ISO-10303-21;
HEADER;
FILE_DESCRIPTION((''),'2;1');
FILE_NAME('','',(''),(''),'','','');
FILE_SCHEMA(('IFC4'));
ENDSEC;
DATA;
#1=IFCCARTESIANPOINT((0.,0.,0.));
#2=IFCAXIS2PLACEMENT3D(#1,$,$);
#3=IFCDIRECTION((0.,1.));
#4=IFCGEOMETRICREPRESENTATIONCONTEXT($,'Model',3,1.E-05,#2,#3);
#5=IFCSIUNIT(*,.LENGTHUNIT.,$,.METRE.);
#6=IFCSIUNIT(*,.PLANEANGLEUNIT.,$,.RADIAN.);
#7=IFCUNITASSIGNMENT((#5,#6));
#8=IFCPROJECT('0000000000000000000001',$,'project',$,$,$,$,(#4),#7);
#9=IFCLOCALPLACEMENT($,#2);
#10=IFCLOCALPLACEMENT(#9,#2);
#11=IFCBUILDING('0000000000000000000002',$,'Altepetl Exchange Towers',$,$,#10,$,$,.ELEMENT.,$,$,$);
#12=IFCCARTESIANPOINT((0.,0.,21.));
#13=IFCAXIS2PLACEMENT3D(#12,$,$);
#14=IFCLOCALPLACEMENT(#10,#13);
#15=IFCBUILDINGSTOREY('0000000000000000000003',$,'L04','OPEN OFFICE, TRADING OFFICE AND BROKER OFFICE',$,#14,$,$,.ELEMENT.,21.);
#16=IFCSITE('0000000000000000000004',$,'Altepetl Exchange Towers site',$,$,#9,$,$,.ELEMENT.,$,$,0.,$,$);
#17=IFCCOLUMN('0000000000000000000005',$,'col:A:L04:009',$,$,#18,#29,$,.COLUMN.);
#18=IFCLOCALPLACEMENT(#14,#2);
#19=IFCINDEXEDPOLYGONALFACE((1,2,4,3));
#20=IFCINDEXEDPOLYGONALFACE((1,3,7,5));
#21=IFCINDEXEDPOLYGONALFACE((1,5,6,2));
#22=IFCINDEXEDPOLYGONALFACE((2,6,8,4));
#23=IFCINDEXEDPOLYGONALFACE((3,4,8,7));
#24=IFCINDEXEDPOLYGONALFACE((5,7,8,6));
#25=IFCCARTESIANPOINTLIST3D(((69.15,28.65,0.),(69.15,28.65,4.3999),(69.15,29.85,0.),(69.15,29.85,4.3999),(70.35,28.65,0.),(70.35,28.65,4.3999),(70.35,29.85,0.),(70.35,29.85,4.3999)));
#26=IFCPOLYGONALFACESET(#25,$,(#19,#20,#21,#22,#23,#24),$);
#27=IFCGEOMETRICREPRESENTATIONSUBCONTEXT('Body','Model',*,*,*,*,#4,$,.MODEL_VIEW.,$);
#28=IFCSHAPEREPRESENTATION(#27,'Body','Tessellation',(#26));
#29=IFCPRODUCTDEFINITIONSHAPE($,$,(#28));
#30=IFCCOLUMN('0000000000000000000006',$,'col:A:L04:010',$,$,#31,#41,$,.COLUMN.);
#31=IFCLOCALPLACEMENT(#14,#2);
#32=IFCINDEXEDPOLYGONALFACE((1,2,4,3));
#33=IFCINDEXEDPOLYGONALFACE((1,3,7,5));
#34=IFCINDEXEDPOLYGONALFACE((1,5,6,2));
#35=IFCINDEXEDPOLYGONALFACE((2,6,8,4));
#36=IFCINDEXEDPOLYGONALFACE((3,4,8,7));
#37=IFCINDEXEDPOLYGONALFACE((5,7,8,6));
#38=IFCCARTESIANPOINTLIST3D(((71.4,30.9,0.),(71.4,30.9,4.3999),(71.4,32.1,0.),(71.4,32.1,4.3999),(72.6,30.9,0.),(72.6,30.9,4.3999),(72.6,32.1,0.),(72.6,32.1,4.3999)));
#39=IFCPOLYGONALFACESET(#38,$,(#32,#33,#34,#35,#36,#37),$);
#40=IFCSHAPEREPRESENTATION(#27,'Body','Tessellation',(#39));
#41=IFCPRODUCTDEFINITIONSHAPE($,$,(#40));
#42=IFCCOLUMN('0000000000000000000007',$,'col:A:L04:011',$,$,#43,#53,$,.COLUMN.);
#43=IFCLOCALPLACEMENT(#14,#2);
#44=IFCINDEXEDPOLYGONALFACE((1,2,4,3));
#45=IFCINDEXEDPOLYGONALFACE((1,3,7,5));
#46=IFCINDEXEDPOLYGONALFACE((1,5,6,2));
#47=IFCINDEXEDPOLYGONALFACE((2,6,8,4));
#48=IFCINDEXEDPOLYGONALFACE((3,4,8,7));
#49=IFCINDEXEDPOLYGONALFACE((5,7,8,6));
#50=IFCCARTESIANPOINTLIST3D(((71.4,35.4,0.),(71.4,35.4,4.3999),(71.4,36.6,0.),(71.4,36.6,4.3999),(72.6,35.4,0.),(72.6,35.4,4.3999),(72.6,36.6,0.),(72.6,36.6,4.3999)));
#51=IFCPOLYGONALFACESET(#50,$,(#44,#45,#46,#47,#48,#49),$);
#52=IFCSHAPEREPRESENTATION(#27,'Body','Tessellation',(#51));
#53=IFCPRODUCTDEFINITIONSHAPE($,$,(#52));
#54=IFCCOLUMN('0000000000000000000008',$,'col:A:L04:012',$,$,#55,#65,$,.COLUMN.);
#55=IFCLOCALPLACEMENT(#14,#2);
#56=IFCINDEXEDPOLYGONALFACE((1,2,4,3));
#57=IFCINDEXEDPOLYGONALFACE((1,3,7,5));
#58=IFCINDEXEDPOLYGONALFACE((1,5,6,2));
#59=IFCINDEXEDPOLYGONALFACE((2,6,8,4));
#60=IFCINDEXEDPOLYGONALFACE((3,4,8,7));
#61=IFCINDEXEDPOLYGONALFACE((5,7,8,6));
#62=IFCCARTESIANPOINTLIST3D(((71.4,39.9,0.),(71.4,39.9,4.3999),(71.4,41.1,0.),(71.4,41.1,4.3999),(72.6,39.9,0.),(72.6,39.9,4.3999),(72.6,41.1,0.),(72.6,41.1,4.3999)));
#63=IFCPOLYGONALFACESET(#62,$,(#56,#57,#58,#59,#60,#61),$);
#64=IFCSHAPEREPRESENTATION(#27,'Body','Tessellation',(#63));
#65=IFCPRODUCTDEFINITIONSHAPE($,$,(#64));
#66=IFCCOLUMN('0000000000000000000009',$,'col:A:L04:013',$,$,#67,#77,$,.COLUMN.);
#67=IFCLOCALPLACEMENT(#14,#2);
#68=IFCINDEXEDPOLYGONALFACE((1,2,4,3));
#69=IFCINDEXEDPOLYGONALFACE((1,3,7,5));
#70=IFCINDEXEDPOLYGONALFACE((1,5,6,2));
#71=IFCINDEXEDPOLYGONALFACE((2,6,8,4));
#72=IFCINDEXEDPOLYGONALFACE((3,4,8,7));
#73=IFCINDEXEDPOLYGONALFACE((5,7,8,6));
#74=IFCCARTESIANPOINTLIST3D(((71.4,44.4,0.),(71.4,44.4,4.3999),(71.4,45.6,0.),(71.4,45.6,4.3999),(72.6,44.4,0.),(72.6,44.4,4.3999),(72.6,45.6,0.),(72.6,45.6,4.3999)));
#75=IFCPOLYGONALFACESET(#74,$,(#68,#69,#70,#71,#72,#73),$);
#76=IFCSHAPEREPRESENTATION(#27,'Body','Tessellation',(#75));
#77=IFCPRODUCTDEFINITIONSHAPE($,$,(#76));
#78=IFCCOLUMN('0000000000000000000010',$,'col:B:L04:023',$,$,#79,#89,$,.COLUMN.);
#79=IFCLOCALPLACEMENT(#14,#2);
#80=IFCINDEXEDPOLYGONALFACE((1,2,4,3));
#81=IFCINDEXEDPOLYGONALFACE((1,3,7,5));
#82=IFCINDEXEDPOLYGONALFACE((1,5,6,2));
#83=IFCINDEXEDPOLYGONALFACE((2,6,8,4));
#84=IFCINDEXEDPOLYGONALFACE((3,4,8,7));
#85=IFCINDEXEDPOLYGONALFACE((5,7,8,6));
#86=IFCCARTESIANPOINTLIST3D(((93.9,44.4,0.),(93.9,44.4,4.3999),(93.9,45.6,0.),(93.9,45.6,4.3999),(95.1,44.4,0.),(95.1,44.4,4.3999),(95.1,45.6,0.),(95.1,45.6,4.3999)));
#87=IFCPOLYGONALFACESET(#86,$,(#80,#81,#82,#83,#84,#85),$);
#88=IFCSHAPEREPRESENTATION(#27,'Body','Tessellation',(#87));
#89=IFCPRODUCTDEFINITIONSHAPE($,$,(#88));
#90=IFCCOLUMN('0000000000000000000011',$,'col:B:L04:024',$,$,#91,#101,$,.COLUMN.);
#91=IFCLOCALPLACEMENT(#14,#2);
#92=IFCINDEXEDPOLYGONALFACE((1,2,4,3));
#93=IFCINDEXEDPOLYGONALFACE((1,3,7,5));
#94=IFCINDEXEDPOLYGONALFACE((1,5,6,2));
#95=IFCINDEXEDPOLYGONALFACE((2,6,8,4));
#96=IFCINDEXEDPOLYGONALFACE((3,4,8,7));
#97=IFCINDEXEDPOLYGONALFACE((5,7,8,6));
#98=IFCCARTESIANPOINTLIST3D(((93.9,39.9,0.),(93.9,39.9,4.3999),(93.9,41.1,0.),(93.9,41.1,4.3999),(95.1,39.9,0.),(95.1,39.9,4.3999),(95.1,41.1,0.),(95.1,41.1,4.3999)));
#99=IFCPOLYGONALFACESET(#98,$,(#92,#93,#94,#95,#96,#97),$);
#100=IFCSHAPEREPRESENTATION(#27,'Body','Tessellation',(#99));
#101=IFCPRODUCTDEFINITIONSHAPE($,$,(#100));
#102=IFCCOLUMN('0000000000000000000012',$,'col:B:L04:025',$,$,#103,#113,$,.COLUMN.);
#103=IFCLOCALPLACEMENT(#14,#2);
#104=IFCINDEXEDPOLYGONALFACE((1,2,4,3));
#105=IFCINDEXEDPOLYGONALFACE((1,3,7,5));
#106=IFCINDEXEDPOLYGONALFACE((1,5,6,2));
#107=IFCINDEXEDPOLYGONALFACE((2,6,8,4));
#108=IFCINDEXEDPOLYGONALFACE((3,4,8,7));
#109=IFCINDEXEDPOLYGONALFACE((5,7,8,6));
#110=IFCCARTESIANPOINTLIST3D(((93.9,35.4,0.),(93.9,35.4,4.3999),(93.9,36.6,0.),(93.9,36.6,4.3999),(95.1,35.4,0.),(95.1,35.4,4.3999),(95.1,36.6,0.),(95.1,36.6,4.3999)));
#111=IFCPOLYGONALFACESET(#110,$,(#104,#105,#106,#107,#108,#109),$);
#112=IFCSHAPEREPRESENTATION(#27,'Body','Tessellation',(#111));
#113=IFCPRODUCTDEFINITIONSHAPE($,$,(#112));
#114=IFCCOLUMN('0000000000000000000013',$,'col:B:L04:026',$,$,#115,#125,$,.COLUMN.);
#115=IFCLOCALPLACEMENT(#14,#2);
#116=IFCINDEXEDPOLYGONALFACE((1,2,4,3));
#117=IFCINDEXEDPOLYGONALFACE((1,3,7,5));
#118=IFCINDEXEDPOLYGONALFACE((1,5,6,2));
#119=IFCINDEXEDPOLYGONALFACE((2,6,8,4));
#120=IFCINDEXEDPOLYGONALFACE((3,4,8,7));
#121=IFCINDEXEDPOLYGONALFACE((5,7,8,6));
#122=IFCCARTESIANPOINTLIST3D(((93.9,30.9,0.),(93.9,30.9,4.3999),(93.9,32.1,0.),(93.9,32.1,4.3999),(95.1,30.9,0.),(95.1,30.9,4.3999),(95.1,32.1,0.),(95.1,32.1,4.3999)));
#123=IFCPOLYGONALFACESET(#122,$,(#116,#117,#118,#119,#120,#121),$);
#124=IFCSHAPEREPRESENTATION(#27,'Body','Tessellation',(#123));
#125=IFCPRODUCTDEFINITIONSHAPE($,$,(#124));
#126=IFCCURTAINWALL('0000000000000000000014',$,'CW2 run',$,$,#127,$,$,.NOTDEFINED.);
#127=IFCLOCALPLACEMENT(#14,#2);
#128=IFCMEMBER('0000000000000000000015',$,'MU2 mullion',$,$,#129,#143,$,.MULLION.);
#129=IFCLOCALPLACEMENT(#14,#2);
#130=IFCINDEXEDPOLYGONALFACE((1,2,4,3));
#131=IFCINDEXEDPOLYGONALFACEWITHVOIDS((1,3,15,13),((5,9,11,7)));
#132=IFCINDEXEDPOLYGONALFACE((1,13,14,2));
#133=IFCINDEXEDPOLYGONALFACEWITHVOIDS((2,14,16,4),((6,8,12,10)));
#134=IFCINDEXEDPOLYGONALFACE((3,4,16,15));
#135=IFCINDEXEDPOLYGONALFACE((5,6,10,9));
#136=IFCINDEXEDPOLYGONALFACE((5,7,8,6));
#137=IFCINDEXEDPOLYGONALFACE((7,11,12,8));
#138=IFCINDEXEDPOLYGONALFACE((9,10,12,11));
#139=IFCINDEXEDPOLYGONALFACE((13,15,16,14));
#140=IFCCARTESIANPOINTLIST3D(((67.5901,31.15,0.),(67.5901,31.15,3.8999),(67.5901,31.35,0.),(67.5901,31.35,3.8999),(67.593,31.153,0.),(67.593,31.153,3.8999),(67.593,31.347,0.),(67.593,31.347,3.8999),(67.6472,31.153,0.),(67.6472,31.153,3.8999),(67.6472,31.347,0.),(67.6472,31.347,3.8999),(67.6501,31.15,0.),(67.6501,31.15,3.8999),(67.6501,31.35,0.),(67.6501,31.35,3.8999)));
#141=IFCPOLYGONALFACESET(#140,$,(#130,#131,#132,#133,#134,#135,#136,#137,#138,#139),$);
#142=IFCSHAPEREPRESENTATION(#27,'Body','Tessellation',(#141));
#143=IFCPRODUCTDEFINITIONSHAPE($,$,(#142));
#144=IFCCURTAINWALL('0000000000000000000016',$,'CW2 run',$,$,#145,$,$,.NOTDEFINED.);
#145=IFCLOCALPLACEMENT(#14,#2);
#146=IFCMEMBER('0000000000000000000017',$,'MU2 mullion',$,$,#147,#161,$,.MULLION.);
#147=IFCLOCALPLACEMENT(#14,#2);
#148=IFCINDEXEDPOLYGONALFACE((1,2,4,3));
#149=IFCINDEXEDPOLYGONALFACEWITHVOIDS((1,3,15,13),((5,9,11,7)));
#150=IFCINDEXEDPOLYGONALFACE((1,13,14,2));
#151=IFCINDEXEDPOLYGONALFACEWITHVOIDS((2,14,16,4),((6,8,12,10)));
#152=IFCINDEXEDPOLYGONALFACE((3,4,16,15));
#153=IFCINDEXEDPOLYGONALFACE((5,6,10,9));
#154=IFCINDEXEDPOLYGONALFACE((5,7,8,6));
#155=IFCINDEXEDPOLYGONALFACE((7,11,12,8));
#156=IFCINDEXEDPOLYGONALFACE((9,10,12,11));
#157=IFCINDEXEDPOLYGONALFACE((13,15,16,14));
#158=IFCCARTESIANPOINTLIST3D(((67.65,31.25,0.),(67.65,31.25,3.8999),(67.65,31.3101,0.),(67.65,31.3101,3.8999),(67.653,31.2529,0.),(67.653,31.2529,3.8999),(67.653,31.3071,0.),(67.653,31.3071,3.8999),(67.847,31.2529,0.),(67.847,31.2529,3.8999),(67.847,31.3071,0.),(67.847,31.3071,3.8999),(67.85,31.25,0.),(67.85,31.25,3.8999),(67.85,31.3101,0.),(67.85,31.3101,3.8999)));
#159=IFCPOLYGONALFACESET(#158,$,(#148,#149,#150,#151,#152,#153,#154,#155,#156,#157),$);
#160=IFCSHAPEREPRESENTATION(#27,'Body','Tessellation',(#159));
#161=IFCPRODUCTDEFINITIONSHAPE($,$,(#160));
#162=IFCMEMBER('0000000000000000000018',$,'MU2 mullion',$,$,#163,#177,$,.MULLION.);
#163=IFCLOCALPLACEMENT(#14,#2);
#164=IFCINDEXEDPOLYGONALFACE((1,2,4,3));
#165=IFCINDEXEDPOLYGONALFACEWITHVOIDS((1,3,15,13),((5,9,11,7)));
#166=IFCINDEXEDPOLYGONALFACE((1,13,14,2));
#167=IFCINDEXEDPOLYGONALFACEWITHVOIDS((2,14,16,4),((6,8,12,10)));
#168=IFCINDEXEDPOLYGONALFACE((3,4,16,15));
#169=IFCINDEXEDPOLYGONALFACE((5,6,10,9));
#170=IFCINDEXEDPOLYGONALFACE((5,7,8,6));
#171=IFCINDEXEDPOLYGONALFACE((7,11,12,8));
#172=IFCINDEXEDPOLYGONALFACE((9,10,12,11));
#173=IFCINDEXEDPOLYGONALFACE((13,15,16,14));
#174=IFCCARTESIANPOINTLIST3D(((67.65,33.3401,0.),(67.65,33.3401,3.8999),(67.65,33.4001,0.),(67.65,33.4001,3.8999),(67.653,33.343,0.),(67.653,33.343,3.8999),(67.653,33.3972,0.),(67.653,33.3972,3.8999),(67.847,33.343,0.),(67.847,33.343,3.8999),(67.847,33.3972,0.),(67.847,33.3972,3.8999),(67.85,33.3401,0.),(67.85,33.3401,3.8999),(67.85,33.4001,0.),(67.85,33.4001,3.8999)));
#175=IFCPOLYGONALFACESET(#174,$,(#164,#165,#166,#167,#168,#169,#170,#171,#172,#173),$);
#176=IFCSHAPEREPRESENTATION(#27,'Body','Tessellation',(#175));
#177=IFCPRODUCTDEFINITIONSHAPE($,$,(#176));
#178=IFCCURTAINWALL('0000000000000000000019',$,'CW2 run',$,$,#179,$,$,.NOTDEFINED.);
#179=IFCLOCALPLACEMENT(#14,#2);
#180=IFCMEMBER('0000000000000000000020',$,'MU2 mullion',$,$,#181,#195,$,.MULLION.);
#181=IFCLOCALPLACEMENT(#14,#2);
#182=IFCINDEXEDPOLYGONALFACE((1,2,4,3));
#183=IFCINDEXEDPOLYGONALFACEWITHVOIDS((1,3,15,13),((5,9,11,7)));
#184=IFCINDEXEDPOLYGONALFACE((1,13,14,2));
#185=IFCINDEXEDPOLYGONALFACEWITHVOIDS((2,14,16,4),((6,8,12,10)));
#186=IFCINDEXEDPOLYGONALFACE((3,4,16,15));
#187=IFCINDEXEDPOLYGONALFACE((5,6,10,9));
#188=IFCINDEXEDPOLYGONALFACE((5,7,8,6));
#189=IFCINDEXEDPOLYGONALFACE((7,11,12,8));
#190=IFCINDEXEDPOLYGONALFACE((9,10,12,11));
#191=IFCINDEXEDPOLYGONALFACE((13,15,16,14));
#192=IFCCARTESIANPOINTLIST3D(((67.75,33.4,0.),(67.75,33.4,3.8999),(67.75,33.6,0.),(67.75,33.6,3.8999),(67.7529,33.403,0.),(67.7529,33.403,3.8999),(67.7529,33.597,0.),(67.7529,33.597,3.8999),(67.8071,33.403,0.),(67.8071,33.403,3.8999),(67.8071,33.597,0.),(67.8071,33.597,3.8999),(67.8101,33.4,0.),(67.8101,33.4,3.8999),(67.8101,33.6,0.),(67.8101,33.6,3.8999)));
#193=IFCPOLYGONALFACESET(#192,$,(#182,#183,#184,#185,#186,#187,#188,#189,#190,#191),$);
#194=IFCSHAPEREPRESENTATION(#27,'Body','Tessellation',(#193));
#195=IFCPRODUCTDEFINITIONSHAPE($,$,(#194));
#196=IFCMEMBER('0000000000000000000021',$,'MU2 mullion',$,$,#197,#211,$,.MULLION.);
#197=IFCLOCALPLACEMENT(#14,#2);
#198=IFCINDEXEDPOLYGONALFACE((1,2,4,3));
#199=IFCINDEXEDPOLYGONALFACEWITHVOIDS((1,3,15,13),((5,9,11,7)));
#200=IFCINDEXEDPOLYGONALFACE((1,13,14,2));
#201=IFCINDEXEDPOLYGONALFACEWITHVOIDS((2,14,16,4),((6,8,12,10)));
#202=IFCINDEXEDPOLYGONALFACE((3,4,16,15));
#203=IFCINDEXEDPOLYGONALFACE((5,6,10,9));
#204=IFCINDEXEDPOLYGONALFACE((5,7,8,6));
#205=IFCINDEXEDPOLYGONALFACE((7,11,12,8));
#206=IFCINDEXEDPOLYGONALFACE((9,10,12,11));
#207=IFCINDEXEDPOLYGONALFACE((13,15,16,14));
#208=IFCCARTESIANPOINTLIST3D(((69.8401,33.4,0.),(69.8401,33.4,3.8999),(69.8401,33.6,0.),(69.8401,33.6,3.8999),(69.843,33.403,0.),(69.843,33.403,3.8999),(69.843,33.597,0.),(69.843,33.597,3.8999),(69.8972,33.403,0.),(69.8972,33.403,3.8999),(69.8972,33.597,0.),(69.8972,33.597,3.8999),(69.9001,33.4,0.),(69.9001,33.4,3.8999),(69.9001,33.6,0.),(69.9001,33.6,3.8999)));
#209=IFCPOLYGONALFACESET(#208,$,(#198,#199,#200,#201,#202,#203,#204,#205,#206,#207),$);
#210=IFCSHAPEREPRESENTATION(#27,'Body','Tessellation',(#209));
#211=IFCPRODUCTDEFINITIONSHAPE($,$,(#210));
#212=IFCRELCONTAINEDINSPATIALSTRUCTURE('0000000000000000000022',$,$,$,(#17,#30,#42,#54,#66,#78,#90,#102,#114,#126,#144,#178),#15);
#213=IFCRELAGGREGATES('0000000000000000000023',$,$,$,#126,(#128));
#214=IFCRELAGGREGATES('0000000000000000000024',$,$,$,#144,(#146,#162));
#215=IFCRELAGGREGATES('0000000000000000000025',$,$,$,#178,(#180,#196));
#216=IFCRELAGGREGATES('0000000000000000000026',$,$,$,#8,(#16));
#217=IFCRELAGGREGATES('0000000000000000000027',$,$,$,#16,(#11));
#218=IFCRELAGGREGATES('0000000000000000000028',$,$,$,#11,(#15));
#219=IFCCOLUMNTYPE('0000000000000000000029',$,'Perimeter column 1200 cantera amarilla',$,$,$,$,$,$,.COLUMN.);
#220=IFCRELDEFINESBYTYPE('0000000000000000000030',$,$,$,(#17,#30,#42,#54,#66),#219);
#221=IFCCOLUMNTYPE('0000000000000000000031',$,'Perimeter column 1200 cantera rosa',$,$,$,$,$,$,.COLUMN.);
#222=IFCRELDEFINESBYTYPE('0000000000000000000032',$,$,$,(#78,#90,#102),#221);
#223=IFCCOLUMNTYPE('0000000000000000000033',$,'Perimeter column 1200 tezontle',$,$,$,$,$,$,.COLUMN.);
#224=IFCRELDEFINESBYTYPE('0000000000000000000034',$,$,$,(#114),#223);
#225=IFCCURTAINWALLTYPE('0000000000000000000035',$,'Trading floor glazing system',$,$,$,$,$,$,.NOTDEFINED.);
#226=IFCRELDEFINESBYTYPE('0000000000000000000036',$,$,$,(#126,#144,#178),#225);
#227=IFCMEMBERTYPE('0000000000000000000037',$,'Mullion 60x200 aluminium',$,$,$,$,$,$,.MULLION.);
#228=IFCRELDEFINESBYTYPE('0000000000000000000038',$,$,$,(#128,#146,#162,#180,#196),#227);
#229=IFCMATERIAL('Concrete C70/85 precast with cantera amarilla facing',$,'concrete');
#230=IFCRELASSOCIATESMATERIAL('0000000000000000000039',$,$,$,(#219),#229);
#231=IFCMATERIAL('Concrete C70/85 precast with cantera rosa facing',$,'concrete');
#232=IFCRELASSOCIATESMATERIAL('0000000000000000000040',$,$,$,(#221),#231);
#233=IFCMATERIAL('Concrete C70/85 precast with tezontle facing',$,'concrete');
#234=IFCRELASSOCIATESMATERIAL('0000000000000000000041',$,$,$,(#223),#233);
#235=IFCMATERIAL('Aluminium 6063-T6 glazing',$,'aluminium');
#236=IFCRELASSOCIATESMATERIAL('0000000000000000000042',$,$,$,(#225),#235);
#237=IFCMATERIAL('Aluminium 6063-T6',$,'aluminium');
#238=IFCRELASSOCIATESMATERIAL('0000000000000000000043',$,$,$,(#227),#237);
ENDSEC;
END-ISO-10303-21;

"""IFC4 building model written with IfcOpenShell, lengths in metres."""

from ifc_helpers import new_model, si_unit, direction, frame, origin, origin_2d, place, context, subcontext, project, spatial, rectangle, hollow_rectangle, extrude, material, material_profile, profile_set, type_object, element, aggregate, save


model = new_model("IFC4")

# Units and contexts
model_context = context("Model", 3, precision=1e-05, world=origin(), true_north=direction((0.0, 1.0)))
body_context = subcontext(model_context, "Body", "Model", "MODEL_VIEW")
ifc_project = project(units=[si_unit("LENGTHUNIT", "METRE"), si_unit("PLANEANGLEUNIT", "RADIAN")], contexts=[model_context])

# Site, building, storey
site_placement = place(None, origin())
site = spatial("IfcSite", under=ifc_project, at=site_placement, Name="Altepetl Exchange Towers site", CompositionType="ELEMENT", RefElevation=0.0)
building_placement = place(site_placement, origin())
building = spatial("IfcBuilding", under=site, at=building_placement, Name="Altepetl Exchange Towers", CompositionType="ELEMENT")
storey_placement = place(building_placement, frame((0.0, 0.0, 21.0)))
storey = spatial("IfcBuildingStorey", under=building, at=storey_placement, Name="L04", Description="OPEN OFFICE, TRADING OFFICE AND BROKER OFFICE", CompositionType="ELEMENT", Elevation=21.0)

# Columns
ifc_material_1 = material(Name="Concrete C70/85 precast with cantera amarilla facing", Category="concrete")
ifc_material_profile_1 = material_profile(ifc_material_1, rectangle(XDim=1.2, YDim=1.2, at=origin_2d()), Name="1200 x 1200")
ifc_profile_set_1 = profile_set([ifc_material_profile_1], Name="Concrete C70/85 precast with cantera amarilla facing")
column_type_1 = type_object("IfcColumnType", Name="Perimeter column 1200 cantera amarilla", PredefinedType="COLUMN", material=ifc_profile_set_1)
for number, where, name in (
    (1, (69.75, 29.25, 0.0), "col:A:L04:009"),
    (2, (72.0, 31.5, 0.0), "col:A:L04:010"),
    (3, (72.0, 36.0, 0.0), "col:A:L04:011"),
    (4, (72.0, 40.5, 0.0), "col:A:L04:012"),
    (5, (72.0, 45.0, 0.0), "col:A:L04:013"),
):
    element("IfcColumn", number, at=place(storey_placement, frame(where)), inside=storey, type_object=column_type_1, Name=name, PredefinedType="COLUMN", context=body_context, shape_type="SweptSolid", body=[
        extrude(rectangle(XDim=1.2, YDim=1.2, at=origin_2d()), origin(), (0.0, 0.0, 1.0), 4.3999),
    ])
ifc_material_2 = material(Name="Concrete C70/85 precast with cantera rosa facing", Category="concrete")
ifc_material_profile_2 = material_profile(ifc_material_2, rectangle(XDim=1.2, YDim=1.2, at=origin_2d()), Name="1200 x 1200")
ifc_profile_set_2 = profile_set([ifc_material_profile_2], Name="Concrete C70/85 precast with cantera rosa facing")
column_type_2 = type_object("IfcColumnType", Name="Perimeter column 1200 cantera rosa", PredefinedType="COLUMN", material=ifc_profile_set_2)
for number, where, name in (
    (6, (94.5, 45.0, 0.0), "col:B:L04:023"),
    (7, (94.5, 40.5, 0.0), "col:B:L04:024"),
    (8, (94.5, 36.0, 0.0), "col:B:L04:025"),
):
    element("IfcColumn", number, at=place(storey_placement, frame(where)), inside=storey, type_object=column_type_2, Name=name, PredefinedType="COLUMN", context=body_context, shape_type="SweptSolid", body=[
        extrude(rectangle(XDim=1.2, YDim=1.2, at=origin_2d()), origin(), (0.0, 0.0, 1.0), 4.3999),
    ])
ifc_material_3 = material(Name="Concrete C70/85 precast with tezontle facing", Category="concrete")
ifc_material_profile_3 = material_profile(ifc_material_3, rectangle(XDim=1.2, YDim=1.2, at=origin_2d()), Name="1200 x 1200")
ifc_profile_set_3 = profile_set([ifc_material_profile_3], Name="Concrete C70/85 precast with tezontle facing")
column_type_3 = type_object("IfcColumnType", Name="Perimeter column 1200 tezontle", PredefinedType="COLUMN", material=ifc_profile_set_3)
column_placement = place(storey_placement, frame((94.5, 31.5, 0.0)))
element("IfcColumn", 9, at=column_placement, inside=storey, type_object=column_type_3, Name="col:B:L04:026", PredefinedType="COLUMN", context=body_context, shape_type="SweptSolid", body=[
    extrude(rectangle(XDim=1.2, YDim=1.2, at=origin_2d()), origin(), (0.0, 0.0, 1.0), 4.3999),
])

# Curtain wall, member
ifc_material_4 = material(Name="Aluminium 6063-T6 glazing", Category="aluminium")
curtain_wall_type = type_object("IfcCurtainWallType", Name="Trading floor glazing system", PredefinedType="NOTDEFINED", material=ifc_material_4)
curtain_wall_1_placement = place(storey_placement, origin())
curtain_wall_1 = element("IfcCurtainWall", 10, at=curtain_wall_1_placement, inside=storey, type_object=curtain_wall_type, Name="CW2 run", PredefinedType="NOTDEFINED")
ifc_material_5 = material(Name="Aluminium 6063-T6", Category="aluminium")
ifc_material_profile_4 = material_profile(ifc_material_5, hollow_rectangle(XDim=0.0601, YDim=0.2, WallThickness=0.0029, at=origin_2d()), Name="Mullion 60x200 aluminium")
ifc_profile_set_4 = profile_set([ifc_material_profile_4], Name="Aluminium 6063-T6")
member_type = type_object("IfcMemberType", Name="Mullion 60x200 aluminium", PredefinedType="MULLION", material=ifc_profile_set_4)
member_1_placement = place(storey_placement, frame((67.6201, 31.25, 0.0)))
member_1 = element("IfcMember", 11, at=member_1_placement, type_object=member_type, Name="MU2 mullion", PredefinedType="MULLION", context=body_context, shape_type="SweptSolid", body=[
    extrude(hollow_rectangle(XDim=0.0601, YDim=0.2, WallThickness=0.0029, at=origin_2d()), origin(), (0.0, 0.0, 1.0), 3.8999),
])
aggregate(curtain_wall_1, [member_1])

# Curtain walls, members
curtain_wall_2_placement = place(storey_placement, origin())
curtain_wall_2 = element("IfcCurtainWall", 12, at=curtain_wall_2_placement, inside=storey, type_object=curtain_wall_type, Name="CW2 run", PredefinedType="NOTDEFINED")
member_2_placement = place(storey_placement, frame((67.75, 31.28, 0.0), z_axis=(0.0, 0.0, 1.0), x_axis=(0.0, 1.0, 0.0)))
member_2 = element("IfcMember", 13, at=member_2_placement, type_object=member_type, Name="MU2 mullion", PredefinedType="MULLION", context=body_context, shape_type="SweptSolid", body=[
    extrude(hollow_rectangle(XDim=0.0601, YDim=0.2, WallThickness=0.0029, at=origin_2d()), origin(), (0.0, 0.0, 1.0), 3.8999),
])
member_3_placement = place(storey_placement, frame((67.75, 33.3701, 0.0), z_axis=(0.0, 0.0, 1.0), x_axis=(0.0, 1.0, 0.0)))
member_3 = element("IfcMember", 14, at=member_3_placement, type_object=member_type, Name="MU2 mullion", PredefinedType="MULLION", context=body_context, shape_type="SweptSolid", body=[
    extrude(hollow_rectangle(XDim=0.0601, YDim=0.2, WallThickness=0.0029, at=origin_2d()), origin(), (0.0, 0.0, 1.0), 3.8999),
])
curtain_wall_3_placement = place(storey_placement, origin())
curtain_wall_3 = element("IfcCurtainWall", 15, at=curtain_wall_3_placement, inside=storey, type_object=curtain_wall_type, Name="CW2 run", PredefinedType="NOTDEFINED")
member_4_placement = place(storey_placement, frame((67.78, 33.5, 0.0)))
member_4 = element("IfcMember", 16, at=member_4_placement, type_object=member_type, Name="MU2 mullion", PredefinedType="MULLION", context=body_context, shape_type="SweptSolid", body=[
    extrude(hollow_rectangle(XDim=0.0601, YDim=0.2, WallThickness=0.0029, at=origin_2d()), origin(), (0.0, 0.0, 1.0), 3.8999),
])
member_5_placement = place(storey_placement, frame((69.8701, 33.5, 0.0)))
member_5 = element("IfcMember", 17, at=member_5_placement, type_object=member_type, Name="MU2 mullion", PredefinedType="MULLION", context=body_context, shape_type="SweptSolid", body=[
    extrude(hollow_rectangle(XDim=0.0601, YDim=0.2, WallThickness=0.0029, at=origin_2d()), origin(), (0.0, 0.0, 1.0), 3.8999),
])

aggregate(curtain_wall_2, [member_2, member_3])
aggregate(curtain_wall_3, [member_4, member_5])

save(model, "model.ifc")
